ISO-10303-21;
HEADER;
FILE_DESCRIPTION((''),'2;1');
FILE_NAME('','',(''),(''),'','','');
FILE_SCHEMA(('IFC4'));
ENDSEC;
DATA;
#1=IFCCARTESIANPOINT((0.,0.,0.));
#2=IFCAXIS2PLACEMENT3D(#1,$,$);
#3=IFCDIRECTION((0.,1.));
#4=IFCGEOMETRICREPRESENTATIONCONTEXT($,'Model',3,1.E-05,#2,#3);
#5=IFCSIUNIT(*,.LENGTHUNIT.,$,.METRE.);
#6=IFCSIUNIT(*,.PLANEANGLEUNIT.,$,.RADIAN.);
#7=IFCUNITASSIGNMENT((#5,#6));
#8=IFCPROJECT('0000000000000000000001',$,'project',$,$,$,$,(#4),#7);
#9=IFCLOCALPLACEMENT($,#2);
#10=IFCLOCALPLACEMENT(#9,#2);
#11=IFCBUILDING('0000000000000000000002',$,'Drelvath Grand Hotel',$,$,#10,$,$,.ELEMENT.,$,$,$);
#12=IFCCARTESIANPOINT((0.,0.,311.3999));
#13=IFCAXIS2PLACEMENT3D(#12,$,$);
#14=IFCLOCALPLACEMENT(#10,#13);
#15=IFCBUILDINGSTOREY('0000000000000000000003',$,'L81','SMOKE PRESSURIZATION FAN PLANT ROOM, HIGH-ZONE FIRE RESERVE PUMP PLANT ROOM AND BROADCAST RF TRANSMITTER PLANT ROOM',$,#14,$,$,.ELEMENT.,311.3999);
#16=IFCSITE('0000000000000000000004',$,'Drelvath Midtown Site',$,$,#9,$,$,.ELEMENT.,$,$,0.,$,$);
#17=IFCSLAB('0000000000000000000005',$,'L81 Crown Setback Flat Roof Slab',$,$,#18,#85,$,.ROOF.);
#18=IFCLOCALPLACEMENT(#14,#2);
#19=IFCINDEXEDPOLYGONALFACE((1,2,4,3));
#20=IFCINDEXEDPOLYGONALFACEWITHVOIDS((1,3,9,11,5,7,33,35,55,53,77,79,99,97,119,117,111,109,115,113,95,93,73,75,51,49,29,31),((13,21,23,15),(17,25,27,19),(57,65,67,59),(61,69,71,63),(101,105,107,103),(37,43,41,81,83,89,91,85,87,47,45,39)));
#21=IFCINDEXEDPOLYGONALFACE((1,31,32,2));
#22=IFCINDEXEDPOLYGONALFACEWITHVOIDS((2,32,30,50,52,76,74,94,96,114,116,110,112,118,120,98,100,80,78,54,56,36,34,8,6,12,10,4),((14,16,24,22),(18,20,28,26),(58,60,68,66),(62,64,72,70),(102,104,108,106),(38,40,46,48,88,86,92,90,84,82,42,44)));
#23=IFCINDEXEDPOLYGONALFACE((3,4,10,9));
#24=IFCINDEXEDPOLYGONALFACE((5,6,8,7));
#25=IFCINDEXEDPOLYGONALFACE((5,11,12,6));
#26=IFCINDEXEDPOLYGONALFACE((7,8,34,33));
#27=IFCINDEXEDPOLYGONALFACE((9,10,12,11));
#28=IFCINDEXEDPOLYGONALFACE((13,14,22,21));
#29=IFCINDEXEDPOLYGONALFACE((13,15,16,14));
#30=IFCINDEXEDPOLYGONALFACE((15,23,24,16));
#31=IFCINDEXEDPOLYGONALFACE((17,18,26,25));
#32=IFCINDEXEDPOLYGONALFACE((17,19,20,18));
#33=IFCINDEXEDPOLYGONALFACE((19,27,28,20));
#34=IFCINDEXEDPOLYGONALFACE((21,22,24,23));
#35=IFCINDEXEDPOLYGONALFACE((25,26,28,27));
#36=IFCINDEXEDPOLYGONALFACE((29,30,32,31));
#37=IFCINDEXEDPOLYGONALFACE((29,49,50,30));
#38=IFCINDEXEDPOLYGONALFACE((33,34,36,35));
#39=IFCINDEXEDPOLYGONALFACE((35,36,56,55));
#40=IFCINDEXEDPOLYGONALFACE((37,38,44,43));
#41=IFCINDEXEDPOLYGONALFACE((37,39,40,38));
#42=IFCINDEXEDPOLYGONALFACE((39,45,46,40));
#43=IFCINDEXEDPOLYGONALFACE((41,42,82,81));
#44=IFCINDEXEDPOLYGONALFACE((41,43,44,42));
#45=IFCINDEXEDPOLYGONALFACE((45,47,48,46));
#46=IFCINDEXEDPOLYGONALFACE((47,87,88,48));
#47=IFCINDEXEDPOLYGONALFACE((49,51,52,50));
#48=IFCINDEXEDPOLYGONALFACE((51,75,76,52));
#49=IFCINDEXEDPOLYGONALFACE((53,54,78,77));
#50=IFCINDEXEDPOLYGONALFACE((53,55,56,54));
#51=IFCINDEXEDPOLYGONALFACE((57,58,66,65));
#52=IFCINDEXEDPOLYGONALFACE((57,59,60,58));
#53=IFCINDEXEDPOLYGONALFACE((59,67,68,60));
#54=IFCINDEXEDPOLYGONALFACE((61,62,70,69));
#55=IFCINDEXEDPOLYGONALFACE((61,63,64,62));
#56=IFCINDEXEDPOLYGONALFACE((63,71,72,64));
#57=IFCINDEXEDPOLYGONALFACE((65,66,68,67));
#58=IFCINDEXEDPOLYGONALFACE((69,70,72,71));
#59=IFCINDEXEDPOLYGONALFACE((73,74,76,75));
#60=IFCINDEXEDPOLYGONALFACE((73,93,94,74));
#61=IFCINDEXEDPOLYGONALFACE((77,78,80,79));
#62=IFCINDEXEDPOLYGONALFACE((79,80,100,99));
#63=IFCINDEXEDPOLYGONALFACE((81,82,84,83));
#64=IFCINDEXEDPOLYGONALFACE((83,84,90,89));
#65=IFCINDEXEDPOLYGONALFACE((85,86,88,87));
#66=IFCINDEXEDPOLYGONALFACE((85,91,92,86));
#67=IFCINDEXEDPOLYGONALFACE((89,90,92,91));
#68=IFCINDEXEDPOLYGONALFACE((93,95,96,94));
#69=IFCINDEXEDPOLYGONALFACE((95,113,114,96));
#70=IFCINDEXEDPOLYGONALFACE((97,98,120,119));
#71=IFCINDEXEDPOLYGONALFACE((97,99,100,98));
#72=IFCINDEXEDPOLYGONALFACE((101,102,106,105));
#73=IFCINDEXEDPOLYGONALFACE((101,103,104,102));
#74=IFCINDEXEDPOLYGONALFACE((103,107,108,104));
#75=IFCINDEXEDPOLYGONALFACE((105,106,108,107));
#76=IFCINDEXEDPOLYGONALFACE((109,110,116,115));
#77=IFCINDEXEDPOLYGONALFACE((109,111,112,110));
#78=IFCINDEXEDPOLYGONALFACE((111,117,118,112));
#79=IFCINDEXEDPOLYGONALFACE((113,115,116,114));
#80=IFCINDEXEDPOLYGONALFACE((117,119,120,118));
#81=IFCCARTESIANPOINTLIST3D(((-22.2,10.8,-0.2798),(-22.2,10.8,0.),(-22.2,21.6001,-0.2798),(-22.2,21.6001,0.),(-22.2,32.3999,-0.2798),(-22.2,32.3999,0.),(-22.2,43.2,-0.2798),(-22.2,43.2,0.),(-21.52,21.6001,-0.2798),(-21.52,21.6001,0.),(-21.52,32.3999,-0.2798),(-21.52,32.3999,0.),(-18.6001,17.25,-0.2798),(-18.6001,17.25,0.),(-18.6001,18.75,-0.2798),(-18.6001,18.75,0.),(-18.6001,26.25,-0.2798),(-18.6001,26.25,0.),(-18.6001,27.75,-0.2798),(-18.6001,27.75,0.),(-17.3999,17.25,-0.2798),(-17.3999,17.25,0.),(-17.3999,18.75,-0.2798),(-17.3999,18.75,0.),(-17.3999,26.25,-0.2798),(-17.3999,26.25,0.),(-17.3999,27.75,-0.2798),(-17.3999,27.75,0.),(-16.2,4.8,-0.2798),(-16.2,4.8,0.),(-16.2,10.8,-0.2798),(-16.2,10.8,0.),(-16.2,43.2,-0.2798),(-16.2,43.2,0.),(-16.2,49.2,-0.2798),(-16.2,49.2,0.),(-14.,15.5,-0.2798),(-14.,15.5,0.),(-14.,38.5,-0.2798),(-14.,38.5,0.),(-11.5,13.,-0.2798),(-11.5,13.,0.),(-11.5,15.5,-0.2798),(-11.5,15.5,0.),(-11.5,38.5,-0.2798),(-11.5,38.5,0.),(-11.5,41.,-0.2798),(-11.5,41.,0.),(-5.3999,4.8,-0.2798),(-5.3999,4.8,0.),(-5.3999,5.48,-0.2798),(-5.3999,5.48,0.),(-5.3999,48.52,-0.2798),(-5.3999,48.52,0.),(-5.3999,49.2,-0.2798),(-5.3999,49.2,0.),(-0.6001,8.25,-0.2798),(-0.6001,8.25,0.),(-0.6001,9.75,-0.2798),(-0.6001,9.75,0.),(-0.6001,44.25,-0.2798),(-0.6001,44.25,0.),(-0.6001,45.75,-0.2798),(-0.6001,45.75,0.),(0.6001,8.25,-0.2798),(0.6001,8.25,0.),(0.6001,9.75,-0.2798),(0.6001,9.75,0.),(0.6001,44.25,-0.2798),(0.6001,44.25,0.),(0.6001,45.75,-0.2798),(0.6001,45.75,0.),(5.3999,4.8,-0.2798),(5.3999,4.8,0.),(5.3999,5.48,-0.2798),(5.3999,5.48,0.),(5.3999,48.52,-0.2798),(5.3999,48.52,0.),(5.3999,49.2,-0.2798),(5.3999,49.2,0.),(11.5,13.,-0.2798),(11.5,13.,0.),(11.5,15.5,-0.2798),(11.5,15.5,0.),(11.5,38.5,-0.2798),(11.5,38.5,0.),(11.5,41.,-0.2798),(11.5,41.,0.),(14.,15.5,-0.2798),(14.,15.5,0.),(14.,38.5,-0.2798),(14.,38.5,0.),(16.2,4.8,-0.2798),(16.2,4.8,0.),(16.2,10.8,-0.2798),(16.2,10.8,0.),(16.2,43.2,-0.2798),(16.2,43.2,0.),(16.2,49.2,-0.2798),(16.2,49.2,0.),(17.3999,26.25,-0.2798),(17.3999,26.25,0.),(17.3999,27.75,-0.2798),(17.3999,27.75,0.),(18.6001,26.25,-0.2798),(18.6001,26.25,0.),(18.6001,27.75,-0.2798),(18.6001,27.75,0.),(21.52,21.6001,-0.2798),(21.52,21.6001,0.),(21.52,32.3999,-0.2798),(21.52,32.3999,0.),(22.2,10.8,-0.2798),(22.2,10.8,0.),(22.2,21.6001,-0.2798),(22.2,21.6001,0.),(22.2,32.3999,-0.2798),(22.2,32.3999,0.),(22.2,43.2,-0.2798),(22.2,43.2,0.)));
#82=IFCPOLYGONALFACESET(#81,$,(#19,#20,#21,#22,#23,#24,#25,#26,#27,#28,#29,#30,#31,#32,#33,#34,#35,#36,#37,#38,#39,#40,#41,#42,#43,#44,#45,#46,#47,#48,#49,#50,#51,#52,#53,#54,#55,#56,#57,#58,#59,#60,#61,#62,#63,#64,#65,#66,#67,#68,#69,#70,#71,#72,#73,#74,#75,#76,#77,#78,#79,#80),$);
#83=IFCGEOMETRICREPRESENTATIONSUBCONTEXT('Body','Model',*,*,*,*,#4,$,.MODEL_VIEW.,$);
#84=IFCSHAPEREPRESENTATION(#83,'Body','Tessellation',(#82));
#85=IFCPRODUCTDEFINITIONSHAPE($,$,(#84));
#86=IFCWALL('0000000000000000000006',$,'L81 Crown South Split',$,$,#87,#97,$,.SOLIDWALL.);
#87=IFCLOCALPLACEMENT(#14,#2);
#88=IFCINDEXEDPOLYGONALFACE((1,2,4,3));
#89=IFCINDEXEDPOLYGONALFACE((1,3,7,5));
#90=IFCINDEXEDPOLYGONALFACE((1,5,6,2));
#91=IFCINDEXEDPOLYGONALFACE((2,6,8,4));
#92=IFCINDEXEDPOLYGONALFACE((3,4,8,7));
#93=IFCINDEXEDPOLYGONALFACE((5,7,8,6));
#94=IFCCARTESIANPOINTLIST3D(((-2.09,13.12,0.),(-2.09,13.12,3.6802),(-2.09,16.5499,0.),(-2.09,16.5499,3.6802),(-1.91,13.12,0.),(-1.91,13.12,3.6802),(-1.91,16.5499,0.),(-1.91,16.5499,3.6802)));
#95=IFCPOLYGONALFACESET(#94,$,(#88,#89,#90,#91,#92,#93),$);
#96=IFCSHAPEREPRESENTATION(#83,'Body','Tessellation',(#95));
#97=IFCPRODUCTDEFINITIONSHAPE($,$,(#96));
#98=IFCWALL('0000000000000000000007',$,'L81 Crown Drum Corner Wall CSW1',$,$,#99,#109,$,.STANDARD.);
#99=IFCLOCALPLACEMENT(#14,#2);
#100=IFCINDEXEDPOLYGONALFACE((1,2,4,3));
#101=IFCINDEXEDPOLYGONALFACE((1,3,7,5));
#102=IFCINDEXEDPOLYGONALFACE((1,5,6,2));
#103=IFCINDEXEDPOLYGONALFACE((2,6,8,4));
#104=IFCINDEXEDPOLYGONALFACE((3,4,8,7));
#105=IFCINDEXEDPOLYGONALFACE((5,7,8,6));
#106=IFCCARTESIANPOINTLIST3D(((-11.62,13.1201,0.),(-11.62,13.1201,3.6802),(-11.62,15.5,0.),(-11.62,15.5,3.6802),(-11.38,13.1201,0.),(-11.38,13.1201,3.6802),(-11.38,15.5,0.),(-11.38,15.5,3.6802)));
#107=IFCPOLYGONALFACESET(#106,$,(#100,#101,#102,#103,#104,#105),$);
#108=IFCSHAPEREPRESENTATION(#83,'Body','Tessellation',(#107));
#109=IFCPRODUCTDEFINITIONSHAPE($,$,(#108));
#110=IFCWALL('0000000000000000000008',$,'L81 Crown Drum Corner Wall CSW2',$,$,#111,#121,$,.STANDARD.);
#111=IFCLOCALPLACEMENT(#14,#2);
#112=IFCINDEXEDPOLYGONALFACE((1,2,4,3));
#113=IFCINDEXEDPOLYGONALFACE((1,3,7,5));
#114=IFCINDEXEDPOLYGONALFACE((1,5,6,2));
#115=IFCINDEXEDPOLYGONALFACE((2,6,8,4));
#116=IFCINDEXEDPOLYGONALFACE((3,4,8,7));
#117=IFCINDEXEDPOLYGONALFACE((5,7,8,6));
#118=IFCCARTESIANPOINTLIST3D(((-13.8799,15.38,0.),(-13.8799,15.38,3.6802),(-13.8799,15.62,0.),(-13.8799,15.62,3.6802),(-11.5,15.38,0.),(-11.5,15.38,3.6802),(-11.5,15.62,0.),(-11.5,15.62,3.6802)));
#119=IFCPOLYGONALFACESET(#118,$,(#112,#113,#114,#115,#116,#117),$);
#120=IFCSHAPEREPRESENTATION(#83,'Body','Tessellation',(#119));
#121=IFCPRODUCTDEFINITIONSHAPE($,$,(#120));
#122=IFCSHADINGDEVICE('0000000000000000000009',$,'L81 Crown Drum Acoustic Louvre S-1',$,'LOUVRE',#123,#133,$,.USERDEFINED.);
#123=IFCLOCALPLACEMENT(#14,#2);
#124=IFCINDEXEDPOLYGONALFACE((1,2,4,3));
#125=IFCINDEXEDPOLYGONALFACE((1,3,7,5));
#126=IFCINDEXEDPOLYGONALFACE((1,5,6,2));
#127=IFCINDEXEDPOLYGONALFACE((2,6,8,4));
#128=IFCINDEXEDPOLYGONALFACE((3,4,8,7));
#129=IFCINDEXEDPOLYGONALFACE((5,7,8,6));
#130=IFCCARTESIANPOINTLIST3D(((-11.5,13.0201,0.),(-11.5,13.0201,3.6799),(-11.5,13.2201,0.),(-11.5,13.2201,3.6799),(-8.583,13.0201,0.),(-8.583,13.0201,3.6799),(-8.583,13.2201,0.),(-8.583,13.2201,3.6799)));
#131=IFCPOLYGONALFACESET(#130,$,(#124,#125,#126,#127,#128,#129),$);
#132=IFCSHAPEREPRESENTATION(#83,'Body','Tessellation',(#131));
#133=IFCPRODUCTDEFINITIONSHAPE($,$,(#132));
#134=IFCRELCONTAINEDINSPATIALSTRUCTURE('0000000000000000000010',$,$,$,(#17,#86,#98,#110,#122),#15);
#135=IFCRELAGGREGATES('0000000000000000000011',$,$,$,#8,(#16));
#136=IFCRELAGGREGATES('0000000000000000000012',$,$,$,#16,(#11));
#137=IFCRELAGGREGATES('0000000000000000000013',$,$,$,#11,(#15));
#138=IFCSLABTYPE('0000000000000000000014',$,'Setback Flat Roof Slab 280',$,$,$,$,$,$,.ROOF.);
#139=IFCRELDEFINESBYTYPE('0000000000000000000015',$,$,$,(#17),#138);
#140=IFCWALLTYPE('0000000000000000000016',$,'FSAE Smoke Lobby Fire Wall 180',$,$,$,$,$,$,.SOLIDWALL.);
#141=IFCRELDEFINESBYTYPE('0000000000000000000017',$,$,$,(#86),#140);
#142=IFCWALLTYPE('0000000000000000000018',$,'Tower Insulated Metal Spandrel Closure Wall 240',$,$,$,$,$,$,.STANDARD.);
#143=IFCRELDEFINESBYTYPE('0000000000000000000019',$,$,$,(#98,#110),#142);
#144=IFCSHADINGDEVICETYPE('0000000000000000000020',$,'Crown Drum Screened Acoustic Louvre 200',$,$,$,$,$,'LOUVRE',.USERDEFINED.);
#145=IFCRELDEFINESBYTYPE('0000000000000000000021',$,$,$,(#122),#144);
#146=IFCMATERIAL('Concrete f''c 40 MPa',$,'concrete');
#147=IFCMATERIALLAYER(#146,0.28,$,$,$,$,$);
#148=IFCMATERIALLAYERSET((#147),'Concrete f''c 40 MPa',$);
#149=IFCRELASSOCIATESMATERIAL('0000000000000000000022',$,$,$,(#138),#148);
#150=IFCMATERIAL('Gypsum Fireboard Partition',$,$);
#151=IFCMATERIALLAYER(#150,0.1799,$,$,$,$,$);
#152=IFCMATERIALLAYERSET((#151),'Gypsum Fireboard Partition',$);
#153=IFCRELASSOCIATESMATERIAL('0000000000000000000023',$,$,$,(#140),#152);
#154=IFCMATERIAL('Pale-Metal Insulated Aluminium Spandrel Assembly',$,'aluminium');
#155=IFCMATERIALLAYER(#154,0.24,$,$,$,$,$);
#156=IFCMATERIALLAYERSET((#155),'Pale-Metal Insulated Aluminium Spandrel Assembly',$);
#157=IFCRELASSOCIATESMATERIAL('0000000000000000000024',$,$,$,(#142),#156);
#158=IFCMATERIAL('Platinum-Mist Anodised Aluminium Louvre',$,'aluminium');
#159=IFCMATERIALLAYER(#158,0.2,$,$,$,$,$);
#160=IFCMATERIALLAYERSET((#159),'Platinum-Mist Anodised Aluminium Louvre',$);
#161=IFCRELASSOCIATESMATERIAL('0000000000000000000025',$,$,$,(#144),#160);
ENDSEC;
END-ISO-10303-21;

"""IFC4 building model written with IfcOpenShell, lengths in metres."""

from ifc_helpers import new_model, si_unit, direction, frame, frame_2d, origin, origin_2d, place, context, subcontext, project, spatial, polyline, rectangle, outline, extrude, material, layer, layer_set, type_object, element, save


model = new_model("IFC4")

# Units and contexts
model_context = context("Model", 3, precision=1e-05, world=origin(), true_north=direction((0.0, 1.0)))
body_context = subcontext(model_context, "Body", "Model", "MODEL_VIEW")
ifc_project = project(units=[si_unit("LENGTHUNIT", "METRE"), si_unit("PLANEANGLEUNIT", "RADIAN")], contexts=[model_context])

# Site, building, storey
site_placement = place(None, origin())
site = spatial("IfcSite", under=ifc_project, at=site_placement, Name="Drelvath Midtown Site", CompositionType="ELEMENT", RefElevation=0.0)
building_placement = place(site_placement, origin())
building = spatial("IfcBuilding", under=site, at=building_placement, Name="Drelvath Grand Hotel", CompositionType="ELEMENT")
storey_placement = place(building_placement, frame((0.0, 0.0, 311.3999)))
storey = spatial("IfcBuildingStorey", under=building, at=storey_placement, Name="L81", Description="SMOKE PRESSURIZATION FAN PLANT ROOM, HIGH-ZONE FIRE RESERVE PUMP PLANT ROOM AND BROADCAST RF TRANSMITTER PLANT ROOM", CompositionType="ELEMENT", Elevation=311.3999)

# Shared definitions
ifc_material_1 = material(Name="Concrete f'c 40 MPa", Category="concrete")

# Slab
ifc_layer_1 = layer(ifc_material_1, 0.28)
ifc_layer_set_1 = layer_set([ifc_layer_1], Name="Concrete f'c 40 MPa")
slab_type_1 = type_object("IfcSlabType", Name="Setback Flat Roof Slab 280", PredefinedType="ROOF", material=ifc_layer_set_1)
slab_1_placement = place(storey_placement, frame((0.0, 0.0, -0.2798)))
element("IfcSlab", 1, at=slab_1_placement, inside=storey, type_object=slab_type_1, Name="L81 Crown Setback Flat Roof Slab", PredefinedType="ROOF", context=body_context, shape_type="SweptSolid", body=[
    extrude(outline(polyline([(-16.2, 4.8), (-5.3999, 4.8), (-5.3999, 5.48), (5.3999, 5.48), (5.3999, 4.8), (16.2, 4.8), (16.2, 10.8), (22.2, 10.8), (22.2, 21.6001), (21.52, 21.6001), (21.52, 32.3999), (22.2, 32.3999), (22.2, 43.2), (16.2, 43.2), (16.2, 49.2), (5.3999, 49.2), (5.3999, 48.52), (-5.3999, 48.52), (-5.3999, 49.2), (-16.2, 49.2), (-16.2, 43.2), (-22.2, 43.2), (-22.2, 32.3999), (-21.52, 32.3999), (-21.52, 21.6001), (-22.2, 21.6001), (-22.2, 10.8), (-16.2, 10.8), (-16.2, 4.8)]), holes=[polyline([(-11.5, 15.5), (-14.0, 15.5), (-14.0, 38.5), (-11.5, 38.5), (-11.5, 41.0), (11.5, 41.0), (11.5, 38.5), (14.0, 38.5), (14.0, 15.5), (11.5, 15.5), (11.5, 13.0), (-11.5, 13.0), (-11.5, 15.5)]), polyline([(-18.6001, 26.25), (-18.6001, 27.75), (-17.3999, 27.75), (-17.3999, 26.25), (-18.6001, 26.25)]), polyline([(17.3999, 26.25), (17.3999, 27.75), (18.6001, 27.75), (18.6001, 26.25), (17.3999, 26.25)]), polyline([(-0.6001, 8.25), (-0.6001, 9.75), (0.6001, 9.75), (0.6001, 8.25), (-0.6001, 8.25)]), polyline([(-0.6001, 44.25), (-0.6001, 45.75), (0.6001, 45.75), (0.6001, 44.25), (-0.6001, 44.25)]), polyline([(-18.6001, 17.25), (-18.6001, 18.75), (-17.3999, 18.75), (-17.3999, 17.25), (-18.6001, 17.25)])]), origin(), (0.0, 0.0, 1.0), 0.2798),
])

# Walls
ifc_material_2 = material(Name="Gypsum Fireboard Partition")
ifc_layer_2 = layer(ifc_material_2, 0.1799)
ifc_layer_set_2 = layer_set([ifc_layer_2], Name="Gypsum Fireboard Partition")
wall_type_1 = type_object("IfcWallType", Name="FSAE Smoke Lobby Fire Wall 180", PredefinedType="SOLIDWALL", material=ifc_layer_set_2)
wall_placement = place(storey_placement, frame((-2.0, 13.1201, 0.0), z_axis=(0.0, 0.0, 1.0), x_axis=(0.0, 1.0, 0.0)))
element("IfcWall", 2, at=wall_placement, inside=storey, type_object=wall_type_1, Name="L81 Crown South Split", PredefinedType="SOLIDWALL", context=body_context, shape_type="SweptSolid", body=[
    extrude(rectangle(XDim=3.4299, YDim=0.1799, at=frame_2d((1.7148, 0.0))), origin(), (0.0, 0.0, 1.0), 3.6802),
])
ifc_material_3 = material(Name="Pale-Metal Insulated Aluminium Spandrel Assembly", Category="aluminium")
ifc_layer_3 = layer(ifc_material_3, 0.24)
ifc_layer_set_3 = layer_set([ifc_layer_3], Name="Pale-Metal Insulated Aluminium Spandrel Assembly")
wall_type_2 = type_object("IfcWallType", Name="Tower Insulated Metal Spandrel Closure Wall 240", PredefinedType="STANDARD", material=ifc_layer_set_3)
for number, where, z_axis, x_axis, name in (
    (3, (-11.5, 13.1201, 0.0), (0.0, 0.0, 1.0), (0.0, 1.0, 0.0), "L81 Crown Drum Corner Wall CSW1"),
    (4, (-11.5, 15.5, 0.0), (0.0, 0.0, 1.0), (-1.0, 0.0, 0.0), "L81 Crown Drum Corner Wall CSW2"),
):
    element("IfcWall", number, at=place(storey_placement, frame(where, z_axis=z_axis, x_axis=x_axis)), inside=storey, type_object=wall_type_2, Name=name, PredefinedType="STANDARD", context=body_context, shape_type="SweptSolid", body=[
        extrude(rectangle(XDim=2.3799, YDim=0.24, at=frame_2d((1.1899, 0.0))), origin(), (0.0, 0.0, 1.0), 3.6802),
    ])

# Shading device
ifc_material_4 = material(Name="Platinum-Mist Anodised Aluminium Louvre", Category="aluminium")
ifc_layer_4 = layer(ifc_material_4, 0.2)
ifc_layer_set_4 = layer_set([ifc_layer_4], Name="Platinum-Mist Anodised Aluminium Louvre")
shading_device_type = type_object("IfcShadingDeviceType", Name="Crown Drum Screened Acoustic Louvre 200", ElementType="LOUVRE", PredefinedType="USERDEFINED", material=ifc_layer_set_4)
shading_device_placement = place(storey_placement, frame((-10.0415, 13.1201, 0.0), z_axis=(0.0, 0.0, 1.0), x_axis=(1.0, 0.0, 0.0)))
element("IfcShadingDevice", 5, at=shading_device_placement, inside=storey, type_object=shading_device_type, Name="L81 Crown Drum Acoustic Louvre S-1", ObjectType="LOUVRE", PredefinedType="USERDEFINED", context=body_context, shape_type="SweptSolid", body=[
    extrude(rectangle(XDim=2.917, YDim=0.2, at=origin_2d()), origin(), (0.0, 0.0, 1.0), 3.6799),
])

save(model, "model.ifc")
